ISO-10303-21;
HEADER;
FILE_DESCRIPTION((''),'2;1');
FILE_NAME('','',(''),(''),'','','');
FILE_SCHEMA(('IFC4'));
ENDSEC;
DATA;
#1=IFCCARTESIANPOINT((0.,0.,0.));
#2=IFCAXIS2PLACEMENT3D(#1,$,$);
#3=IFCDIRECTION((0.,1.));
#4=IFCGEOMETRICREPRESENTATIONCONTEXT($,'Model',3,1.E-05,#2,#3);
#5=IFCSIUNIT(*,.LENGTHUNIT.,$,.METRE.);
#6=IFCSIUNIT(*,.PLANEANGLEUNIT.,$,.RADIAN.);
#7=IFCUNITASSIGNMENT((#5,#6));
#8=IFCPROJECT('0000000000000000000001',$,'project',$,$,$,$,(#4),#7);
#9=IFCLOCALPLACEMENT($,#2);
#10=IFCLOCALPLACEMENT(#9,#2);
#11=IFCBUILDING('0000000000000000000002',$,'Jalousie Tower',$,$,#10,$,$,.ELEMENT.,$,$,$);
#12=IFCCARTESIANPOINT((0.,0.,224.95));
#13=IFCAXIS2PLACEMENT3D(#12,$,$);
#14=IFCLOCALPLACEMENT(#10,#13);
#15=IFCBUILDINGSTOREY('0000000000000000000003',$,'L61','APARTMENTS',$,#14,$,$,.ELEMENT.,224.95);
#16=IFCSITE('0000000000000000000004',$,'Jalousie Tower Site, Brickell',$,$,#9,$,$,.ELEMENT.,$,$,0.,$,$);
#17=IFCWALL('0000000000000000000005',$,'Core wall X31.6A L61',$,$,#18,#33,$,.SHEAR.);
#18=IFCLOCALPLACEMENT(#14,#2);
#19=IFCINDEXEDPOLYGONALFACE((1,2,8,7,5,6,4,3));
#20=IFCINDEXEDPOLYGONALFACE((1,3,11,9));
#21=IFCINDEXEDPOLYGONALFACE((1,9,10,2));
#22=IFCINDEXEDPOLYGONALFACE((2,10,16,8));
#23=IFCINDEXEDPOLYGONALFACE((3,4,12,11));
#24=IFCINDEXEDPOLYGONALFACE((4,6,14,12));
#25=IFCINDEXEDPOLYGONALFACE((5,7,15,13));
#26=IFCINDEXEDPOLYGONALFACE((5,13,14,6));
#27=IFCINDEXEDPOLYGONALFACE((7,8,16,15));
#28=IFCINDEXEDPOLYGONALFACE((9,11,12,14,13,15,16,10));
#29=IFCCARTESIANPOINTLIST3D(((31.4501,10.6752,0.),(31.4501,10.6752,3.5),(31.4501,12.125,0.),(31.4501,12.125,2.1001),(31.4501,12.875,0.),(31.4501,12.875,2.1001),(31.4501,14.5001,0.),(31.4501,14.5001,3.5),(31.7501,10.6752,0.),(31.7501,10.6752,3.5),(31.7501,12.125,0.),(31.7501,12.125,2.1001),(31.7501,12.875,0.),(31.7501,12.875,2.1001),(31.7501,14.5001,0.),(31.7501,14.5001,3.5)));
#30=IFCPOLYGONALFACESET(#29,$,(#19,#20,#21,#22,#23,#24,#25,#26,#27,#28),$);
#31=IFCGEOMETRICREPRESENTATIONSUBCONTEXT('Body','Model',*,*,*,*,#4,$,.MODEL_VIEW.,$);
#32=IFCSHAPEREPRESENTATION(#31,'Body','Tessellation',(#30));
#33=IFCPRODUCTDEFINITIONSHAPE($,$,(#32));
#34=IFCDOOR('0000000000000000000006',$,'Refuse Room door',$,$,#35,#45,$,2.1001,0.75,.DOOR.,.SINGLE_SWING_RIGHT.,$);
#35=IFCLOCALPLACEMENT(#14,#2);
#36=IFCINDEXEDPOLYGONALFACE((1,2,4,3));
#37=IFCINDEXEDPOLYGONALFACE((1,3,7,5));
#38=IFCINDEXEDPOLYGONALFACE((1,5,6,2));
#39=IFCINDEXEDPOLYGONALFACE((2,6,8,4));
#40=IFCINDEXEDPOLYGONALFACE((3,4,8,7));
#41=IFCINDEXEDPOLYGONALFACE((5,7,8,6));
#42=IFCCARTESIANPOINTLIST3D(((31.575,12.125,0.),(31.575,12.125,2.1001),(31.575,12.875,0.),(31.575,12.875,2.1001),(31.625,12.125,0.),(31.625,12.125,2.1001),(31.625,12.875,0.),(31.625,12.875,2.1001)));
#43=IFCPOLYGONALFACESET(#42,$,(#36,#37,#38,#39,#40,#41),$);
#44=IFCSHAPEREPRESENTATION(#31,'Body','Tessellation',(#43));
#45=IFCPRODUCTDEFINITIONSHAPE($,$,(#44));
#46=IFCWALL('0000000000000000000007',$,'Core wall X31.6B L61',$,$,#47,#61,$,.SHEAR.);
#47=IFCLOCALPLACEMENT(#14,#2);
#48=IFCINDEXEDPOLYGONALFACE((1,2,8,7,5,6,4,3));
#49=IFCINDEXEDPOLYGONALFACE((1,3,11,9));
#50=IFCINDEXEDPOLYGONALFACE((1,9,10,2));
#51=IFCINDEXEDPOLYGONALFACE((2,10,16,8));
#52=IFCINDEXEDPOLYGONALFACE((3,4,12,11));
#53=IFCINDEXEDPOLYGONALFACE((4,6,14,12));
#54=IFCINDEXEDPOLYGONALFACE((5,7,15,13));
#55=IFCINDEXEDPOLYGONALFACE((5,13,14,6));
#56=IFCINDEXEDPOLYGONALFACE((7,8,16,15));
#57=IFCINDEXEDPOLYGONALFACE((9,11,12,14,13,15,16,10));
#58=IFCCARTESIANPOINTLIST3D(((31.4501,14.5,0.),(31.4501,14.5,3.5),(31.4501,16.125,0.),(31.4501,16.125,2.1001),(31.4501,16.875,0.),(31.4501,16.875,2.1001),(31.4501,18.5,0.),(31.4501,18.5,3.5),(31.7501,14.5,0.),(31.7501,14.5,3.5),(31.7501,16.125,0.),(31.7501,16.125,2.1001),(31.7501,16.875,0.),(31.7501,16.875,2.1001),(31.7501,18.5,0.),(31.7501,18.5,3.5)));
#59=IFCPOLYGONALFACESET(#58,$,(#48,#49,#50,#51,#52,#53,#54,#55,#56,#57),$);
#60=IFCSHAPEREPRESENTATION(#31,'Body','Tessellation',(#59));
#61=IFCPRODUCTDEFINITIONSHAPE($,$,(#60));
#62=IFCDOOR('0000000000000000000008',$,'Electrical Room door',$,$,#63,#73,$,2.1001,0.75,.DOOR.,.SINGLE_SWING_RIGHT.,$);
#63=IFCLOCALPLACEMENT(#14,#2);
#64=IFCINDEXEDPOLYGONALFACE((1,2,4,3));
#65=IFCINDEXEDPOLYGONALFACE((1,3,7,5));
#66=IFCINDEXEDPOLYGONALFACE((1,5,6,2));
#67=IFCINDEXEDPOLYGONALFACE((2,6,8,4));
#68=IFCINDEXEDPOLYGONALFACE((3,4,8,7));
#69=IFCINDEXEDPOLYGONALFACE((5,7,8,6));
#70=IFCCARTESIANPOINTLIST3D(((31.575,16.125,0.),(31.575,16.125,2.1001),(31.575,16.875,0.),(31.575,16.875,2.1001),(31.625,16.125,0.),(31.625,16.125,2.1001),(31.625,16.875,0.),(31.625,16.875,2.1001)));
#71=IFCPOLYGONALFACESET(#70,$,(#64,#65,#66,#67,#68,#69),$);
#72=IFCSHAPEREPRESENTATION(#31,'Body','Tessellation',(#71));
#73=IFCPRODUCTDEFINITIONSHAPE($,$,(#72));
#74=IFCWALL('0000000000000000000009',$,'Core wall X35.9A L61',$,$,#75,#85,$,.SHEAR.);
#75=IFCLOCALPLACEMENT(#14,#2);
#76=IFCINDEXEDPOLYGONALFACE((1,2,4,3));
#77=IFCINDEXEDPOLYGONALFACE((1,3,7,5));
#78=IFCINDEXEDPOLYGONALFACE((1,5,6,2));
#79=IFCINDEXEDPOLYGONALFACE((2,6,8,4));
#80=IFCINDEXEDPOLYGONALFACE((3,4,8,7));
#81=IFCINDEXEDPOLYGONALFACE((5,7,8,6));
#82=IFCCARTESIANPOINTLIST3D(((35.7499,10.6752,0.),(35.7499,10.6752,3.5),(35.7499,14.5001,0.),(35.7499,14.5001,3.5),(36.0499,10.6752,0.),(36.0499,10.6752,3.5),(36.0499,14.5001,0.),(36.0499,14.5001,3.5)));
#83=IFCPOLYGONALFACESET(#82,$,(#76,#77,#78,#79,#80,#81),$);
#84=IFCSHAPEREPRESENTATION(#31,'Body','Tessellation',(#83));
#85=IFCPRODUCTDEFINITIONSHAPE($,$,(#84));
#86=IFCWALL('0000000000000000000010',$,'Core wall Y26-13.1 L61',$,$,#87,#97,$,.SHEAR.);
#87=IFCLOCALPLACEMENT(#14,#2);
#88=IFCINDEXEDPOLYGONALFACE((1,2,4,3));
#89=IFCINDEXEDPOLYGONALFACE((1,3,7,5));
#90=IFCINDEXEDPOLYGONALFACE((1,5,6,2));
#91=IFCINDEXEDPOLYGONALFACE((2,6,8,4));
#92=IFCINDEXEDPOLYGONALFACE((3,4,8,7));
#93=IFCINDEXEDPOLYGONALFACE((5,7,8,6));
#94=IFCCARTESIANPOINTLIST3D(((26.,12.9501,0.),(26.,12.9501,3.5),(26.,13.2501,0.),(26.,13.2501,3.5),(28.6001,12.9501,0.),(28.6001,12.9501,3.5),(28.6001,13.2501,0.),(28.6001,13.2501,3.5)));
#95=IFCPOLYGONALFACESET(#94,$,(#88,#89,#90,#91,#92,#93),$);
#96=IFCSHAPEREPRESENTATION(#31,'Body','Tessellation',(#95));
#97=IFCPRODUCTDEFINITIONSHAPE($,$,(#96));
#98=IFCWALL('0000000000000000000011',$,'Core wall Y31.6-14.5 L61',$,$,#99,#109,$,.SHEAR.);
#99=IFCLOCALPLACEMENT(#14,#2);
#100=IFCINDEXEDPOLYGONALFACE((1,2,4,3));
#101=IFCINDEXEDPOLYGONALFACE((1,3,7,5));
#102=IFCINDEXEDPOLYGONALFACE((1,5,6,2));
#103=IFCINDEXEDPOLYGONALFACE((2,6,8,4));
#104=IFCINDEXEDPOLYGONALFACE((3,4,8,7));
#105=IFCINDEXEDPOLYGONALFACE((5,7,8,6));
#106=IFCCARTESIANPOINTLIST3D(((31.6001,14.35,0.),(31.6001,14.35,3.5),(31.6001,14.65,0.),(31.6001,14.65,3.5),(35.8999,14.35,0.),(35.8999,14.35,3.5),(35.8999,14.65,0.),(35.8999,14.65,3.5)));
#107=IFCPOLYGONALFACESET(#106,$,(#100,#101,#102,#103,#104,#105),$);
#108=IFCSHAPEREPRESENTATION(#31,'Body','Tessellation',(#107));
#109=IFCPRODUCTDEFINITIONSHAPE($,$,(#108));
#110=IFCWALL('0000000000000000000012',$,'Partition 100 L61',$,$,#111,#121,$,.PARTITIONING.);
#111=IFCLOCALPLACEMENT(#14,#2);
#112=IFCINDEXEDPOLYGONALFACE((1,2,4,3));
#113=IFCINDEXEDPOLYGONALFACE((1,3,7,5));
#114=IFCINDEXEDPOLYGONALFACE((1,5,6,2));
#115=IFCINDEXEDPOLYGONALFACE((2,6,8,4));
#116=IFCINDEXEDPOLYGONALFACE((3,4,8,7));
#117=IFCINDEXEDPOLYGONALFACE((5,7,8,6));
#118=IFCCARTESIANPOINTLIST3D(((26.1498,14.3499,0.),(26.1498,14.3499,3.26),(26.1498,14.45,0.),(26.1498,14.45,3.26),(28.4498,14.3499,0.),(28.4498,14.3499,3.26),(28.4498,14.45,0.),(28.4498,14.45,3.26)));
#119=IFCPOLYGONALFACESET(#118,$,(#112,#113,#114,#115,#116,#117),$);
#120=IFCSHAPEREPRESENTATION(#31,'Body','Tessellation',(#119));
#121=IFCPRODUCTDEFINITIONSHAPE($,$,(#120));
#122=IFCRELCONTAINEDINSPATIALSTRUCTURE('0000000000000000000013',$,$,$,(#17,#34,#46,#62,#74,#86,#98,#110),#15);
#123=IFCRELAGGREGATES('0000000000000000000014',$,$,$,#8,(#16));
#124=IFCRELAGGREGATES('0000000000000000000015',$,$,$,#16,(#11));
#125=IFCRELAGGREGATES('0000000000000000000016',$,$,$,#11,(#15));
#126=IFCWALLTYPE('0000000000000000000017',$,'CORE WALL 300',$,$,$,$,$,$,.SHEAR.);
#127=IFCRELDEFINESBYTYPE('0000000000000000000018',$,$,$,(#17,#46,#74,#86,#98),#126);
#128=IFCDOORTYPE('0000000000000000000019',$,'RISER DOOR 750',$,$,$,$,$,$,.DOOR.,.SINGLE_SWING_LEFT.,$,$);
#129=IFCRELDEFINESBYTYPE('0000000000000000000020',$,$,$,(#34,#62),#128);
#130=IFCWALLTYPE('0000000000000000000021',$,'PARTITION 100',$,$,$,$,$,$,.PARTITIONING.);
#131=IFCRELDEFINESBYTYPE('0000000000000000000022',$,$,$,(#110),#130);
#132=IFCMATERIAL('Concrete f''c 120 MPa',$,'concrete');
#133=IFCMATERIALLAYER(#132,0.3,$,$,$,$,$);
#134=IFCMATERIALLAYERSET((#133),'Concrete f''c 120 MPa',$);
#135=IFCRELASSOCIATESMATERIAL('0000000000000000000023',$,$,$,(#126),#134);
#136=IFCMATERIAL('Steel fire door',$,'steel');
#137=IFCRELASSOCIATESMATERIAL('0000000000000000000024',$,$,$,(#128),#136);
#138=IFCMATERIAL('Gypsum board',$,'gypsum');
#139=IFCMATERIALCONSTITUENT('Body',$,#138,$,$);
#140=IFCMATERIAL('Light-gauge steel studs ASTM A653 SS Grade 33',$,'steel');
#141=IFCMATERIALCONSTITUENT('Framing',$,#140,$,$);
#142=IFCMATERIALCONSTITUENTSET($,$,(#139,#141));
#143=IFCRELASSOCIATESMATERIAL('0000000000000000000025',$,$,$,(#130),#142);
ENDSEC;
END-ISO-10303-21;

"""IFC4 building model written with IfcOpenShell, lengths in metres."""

from ifc_helpers import new_model, si_unit, direction, frame, frame_2d, origin, place, context, subcontext, project, spatial, rectangle, extrude, material, layer, layer_set, constituent, constituent_set, type_object, element, fill, save


model = new_model("IFC4")

# Units and contexts
model_context = context("Model", 3, precision=1e-05, world=origin(), true_north=direction((0.0, 1.0)))
body_context = subcontext(model_context, "Body", "Model", "MODEL_VIEW")
ifc_project = project(units=[si_unit("LENGTHUNIT", "METRE"), si_unit("PLANEANGLEUNIT", "RADIAN")], contexts=[model_context])

# Site, building, storey
site_placement = place(None, origin())
site = spatial("IfcSite", under=ifc_project, at=site_placement, Name="Jalousie Tower Site, Brickell", CompositionType="ELEMENT", RefElevation=0.0)
building_placement = place(site_placement, origin())
building = spatial("IfcBuilding", under=site, at=building_placement, Name="Jalousie Tower", CompositionType="ELEMENT")
storey_placement = place(building_placement, frame((0.0, 0.0, 224.95)))
storey = spatial("IfcBuildingStorey", under=building, at=storey_placement, Name="L61", Description="APARTMENTS", CompositionType="ELEMENT", Elevation=224.95)

# Shared definitions
ifc_material_1 = material(Name="Concrete f'c 120 MPa", Category="concrete")
ifc_layer_1 = layer(ifc_material_1, 0.3)
ifc_layer_set_1 = layer_set([ifc_layer_1], Name="Concrete f'c 120 MPa")
wall_type_1 = type_object("IfcWallType", Name="CORE WALL 300", PredefinedType="SHEAR", material=ifc_layer_set_1)

# Walls, openings, doors
wall_1_placement = place(storey_placement, frame((31.6001, 10.675, 0.0), z_axis=(0.0, 0.0, 1.0), x_axis=(0.0, 1.0, 0.0)))
wall_1 = element("IfcWall", 1, at=wall_1_placement, inside=storey, type_object=wall_type_1, Name="Core wall X31.6A L61", PredefinedType="SHEAR", context=body_context, shape_type="SweptSolid", body=[
    extrude(rectangle(XDim=3.825, YDim=0.3, at=frame_2d((1.9126, 0.0))), origin(), (0.0, 0.0, 1.0), 3.5),
])
opening_1_placement = place(wall_1_placement, frame((1.45, 0.0, 0.0)))
opening_1 = element("IfcOpeningElement", 2, at=opening_1_placement, cuts=wall_1, PredefinedType="OPENING", context=body_context, shape_type="SweptSolid", body=[
    extrude(rectangle(XDim=0.75, YDim=2.1001, at=frame_2d((0.375, 1.05))), frame((0.0, 0.1599, 0.0), z_axis=(0.0, -1.0, 0.0), x_axis=(1.0, 0.0, 0.0)), (0.0, 0.0, 1.0), 0.3201),
])
ifc_material_2 = material(Name="Steel fire door", Category="steel")
door_type_1 = type_object("IfcDoorType", Name="RISER DOOR 750", OperationType="SINGLE_SWING_LEFT", PredefinedType="DOOR", material=ifc_material_2)
door_1_placement = place(opening_1_placement, frame((0.75, 0.0, 0.0), z_axis=(0.0, 0.0, 1.0), x_axis=(-1.0, 0.0, 0.0)))
door_1 = element("IfcDoor", 3, at=door_1_placement, inside=storey, type_object=door_type_1, Name="Refuse Room door", OperationType="SINGLE_SWING_RIGHT", OverallHeight=2.1001, OverallWidth=0.75, PredefinedType="DOOR", context=body_context, shape_type="SweptSolid", body=[
    extrude(rectangle(XDim=0.75, YDim=2.1001, at=frame_2d((0.375, 1.05))), frame((0.0, 0.0249, 0.0), z_axis=(0.0, -1.0, 0.0), x_axis=(1.0, 0.0, 0.0)), (0.0, 0.0, 1.0), 0.05),
])
fill(opening_1, door_1)
wall_2_placement = place(storey_placement, frame((31.6001, 14.5, 0.0), z_axis=(0.0, 0.0, 1.0), x_axis=(0.0, 1.0, 0.0)))
wall_2 = element("IfcWall", 4, at=wall_2_placement, inside=storey, type_object=wall_type_1, Name="Core wall X31.6B L61", PredefinedType="SHEAR", context=body_context, shape_type="SweptSolid", body=[
    extrude(rectangle(XDim=4.0, YDim=0.3, at=frame_2d((2.0, 0.0))), origin(), (0.0, 0.0, 1.0), 3.5),
])
opening_2_placement = place(wall_2_placement, frame((1.625, 0.0, 0.0)))
opening_2 = element("IfcOpeningElement", 5, at=opening_2_placement, cuts=wall_2, PredefinedType="OPENING", context=body_context, shape_type="SweptSolid", body=[
    extrude(rectangle(XDim=0.75, YDim=2.1001, at=frame_2d((0.375, 1.05))), frame((0.0, 0.1599, 0.0), z_axis=(0.0, -1.0, 0.0), x_axis=(1.0, 0.0, 0.0)), (0.0, 0.0, 1.0), 0.3201),
])
door_2_placement = place(opening_2_placement, frame((0.75, 0.0, 0.0), z_axis=(0.0, 0.0, 1.0), x_axis=(-1.0, 0.0, 0.0)))
door_2 = element("IfcDoor", 6, at=door_2_placement, inside=storey, type_object=door_type_1, Name="Electrical Room door", OperationType="SINGLE_SWING_RIGHT", OverallHeight=2.1001, OverallWidth=0.75, PredefinedType="DOOR", context=body_context, shape_type="SweptSolid", body=[
    extrude(rectangle(XDim=0.75, YDim=2.1001, at=frame_2d((0.375, 1.05))), frame((0.0, 0.0249, 0.0), z_axis=(0.0, -1.0, 0.0), x_axis=(1.0, 0.0, 0.0)), (0.0, 0.0, 1.0), 0.05),
])
fill(opening_2, door_2)

# Walls
wall_3_placement = place(storey_placement, frame((35.8999, 10.675, 0.0), z_axis=(0.0, 0.0, 1.0), x_axis=(0.0, 1.0, 0.0)))
element("IfcWall", 7, at=wall_3_placement, inside=storey, type_object=wall_type_1, Name="Core wall X35.9A L61", PredefinedType="SHEAR", context=body_context, shape_type="SweptSolid", body=[
    extrude(rectangle(XDim=3.825, YDim=0.3, at=frame_2d((1.9126, 0.0))), origin(), (0.0, 0.0, 1.0), 3.5),
])
wall_4_placement = place(storey_placement, frame((26.0, 13.1001, 0.0), z_axis=(0.0, 0.0, 1.0), x_axis=(1.0, 0.0, 0.0)))
element("IfcWall", 8, at=wall_4_placement, inside=storey, type_object=wall_type_1, Name="Core wall Y26-13.1 L61", PredefinedType="SHEAR", context=body_context, shape_type="SweptSolid", body=[
    extrude(rectangle(XDim=2.6001, YDim=0.3, at=frame_2d((1.3, 0.0))), origin(), (0.0, 0.0, 1.0), 3.5),
])
wall_5_placement = place(storey_placement, frame((31.6001, 14.5, 0.0), z_axis=(0.0, 0.0, 1.0), x_axis=(1.0, 0.0, 0.0)))
element("IfcWall", 9, at=wall_5_placement, inside=storey, type_object=wall_type_1, Name="Core wall Y31.6-14.5 L61", PredefinedType="SHEAR", context=body_context, shape_type="SweptSolid", body=[
    extrude(rectangle(XDim=4.2998, YDim=0.3, at=frame_2d((2.1499, 0.0))), origin(), (0.0, 0.0, 1.0), 3.5),
])
ifc_material_3 = material(Name="Gypsum board", Category="gypsum")
ifc_constituent_1 = constituent(ifc_material_3, Name="Body")
ifc_material_4 = material(Name="Light-gauge steel studs ASTM A653 SS Grade 33", Category="steel")
ifc_constituent_2 = constituent(ifc_material_4, Name="Framing")
ifc_constituent_set = constituent_set(constituents=[ifc_constituent_1, ifc_constituent_2])
wall_type_2 = type_object("IfcWallType", Name="PARTITION 100", PredefinedType="PARTITIONING", material=ifc_constituent_set)
wall_6_placement = place(storey_placement, frame((26.1499, 14.3999, 0.0), z_axis=(0.0, 0.0, 1.0), x_axis=(1.0, 0.0, 0.0)))
element("IfcWall", 10, at=wall_6_placement, inside=storey, type_object=wall_type_2, Name="Partition 100 L61", PredefinedType="PARTITIONING", context=body_context, shape_type="SweptSolid", body=[
    extrude(rectangle(XDim=2.3, YDim=0.1001, at=frame_2d((1.1499, 0.0))), origin(), (0.0, 0.0, 1.0), 3.26),
])

save(model, "model.ifc")
